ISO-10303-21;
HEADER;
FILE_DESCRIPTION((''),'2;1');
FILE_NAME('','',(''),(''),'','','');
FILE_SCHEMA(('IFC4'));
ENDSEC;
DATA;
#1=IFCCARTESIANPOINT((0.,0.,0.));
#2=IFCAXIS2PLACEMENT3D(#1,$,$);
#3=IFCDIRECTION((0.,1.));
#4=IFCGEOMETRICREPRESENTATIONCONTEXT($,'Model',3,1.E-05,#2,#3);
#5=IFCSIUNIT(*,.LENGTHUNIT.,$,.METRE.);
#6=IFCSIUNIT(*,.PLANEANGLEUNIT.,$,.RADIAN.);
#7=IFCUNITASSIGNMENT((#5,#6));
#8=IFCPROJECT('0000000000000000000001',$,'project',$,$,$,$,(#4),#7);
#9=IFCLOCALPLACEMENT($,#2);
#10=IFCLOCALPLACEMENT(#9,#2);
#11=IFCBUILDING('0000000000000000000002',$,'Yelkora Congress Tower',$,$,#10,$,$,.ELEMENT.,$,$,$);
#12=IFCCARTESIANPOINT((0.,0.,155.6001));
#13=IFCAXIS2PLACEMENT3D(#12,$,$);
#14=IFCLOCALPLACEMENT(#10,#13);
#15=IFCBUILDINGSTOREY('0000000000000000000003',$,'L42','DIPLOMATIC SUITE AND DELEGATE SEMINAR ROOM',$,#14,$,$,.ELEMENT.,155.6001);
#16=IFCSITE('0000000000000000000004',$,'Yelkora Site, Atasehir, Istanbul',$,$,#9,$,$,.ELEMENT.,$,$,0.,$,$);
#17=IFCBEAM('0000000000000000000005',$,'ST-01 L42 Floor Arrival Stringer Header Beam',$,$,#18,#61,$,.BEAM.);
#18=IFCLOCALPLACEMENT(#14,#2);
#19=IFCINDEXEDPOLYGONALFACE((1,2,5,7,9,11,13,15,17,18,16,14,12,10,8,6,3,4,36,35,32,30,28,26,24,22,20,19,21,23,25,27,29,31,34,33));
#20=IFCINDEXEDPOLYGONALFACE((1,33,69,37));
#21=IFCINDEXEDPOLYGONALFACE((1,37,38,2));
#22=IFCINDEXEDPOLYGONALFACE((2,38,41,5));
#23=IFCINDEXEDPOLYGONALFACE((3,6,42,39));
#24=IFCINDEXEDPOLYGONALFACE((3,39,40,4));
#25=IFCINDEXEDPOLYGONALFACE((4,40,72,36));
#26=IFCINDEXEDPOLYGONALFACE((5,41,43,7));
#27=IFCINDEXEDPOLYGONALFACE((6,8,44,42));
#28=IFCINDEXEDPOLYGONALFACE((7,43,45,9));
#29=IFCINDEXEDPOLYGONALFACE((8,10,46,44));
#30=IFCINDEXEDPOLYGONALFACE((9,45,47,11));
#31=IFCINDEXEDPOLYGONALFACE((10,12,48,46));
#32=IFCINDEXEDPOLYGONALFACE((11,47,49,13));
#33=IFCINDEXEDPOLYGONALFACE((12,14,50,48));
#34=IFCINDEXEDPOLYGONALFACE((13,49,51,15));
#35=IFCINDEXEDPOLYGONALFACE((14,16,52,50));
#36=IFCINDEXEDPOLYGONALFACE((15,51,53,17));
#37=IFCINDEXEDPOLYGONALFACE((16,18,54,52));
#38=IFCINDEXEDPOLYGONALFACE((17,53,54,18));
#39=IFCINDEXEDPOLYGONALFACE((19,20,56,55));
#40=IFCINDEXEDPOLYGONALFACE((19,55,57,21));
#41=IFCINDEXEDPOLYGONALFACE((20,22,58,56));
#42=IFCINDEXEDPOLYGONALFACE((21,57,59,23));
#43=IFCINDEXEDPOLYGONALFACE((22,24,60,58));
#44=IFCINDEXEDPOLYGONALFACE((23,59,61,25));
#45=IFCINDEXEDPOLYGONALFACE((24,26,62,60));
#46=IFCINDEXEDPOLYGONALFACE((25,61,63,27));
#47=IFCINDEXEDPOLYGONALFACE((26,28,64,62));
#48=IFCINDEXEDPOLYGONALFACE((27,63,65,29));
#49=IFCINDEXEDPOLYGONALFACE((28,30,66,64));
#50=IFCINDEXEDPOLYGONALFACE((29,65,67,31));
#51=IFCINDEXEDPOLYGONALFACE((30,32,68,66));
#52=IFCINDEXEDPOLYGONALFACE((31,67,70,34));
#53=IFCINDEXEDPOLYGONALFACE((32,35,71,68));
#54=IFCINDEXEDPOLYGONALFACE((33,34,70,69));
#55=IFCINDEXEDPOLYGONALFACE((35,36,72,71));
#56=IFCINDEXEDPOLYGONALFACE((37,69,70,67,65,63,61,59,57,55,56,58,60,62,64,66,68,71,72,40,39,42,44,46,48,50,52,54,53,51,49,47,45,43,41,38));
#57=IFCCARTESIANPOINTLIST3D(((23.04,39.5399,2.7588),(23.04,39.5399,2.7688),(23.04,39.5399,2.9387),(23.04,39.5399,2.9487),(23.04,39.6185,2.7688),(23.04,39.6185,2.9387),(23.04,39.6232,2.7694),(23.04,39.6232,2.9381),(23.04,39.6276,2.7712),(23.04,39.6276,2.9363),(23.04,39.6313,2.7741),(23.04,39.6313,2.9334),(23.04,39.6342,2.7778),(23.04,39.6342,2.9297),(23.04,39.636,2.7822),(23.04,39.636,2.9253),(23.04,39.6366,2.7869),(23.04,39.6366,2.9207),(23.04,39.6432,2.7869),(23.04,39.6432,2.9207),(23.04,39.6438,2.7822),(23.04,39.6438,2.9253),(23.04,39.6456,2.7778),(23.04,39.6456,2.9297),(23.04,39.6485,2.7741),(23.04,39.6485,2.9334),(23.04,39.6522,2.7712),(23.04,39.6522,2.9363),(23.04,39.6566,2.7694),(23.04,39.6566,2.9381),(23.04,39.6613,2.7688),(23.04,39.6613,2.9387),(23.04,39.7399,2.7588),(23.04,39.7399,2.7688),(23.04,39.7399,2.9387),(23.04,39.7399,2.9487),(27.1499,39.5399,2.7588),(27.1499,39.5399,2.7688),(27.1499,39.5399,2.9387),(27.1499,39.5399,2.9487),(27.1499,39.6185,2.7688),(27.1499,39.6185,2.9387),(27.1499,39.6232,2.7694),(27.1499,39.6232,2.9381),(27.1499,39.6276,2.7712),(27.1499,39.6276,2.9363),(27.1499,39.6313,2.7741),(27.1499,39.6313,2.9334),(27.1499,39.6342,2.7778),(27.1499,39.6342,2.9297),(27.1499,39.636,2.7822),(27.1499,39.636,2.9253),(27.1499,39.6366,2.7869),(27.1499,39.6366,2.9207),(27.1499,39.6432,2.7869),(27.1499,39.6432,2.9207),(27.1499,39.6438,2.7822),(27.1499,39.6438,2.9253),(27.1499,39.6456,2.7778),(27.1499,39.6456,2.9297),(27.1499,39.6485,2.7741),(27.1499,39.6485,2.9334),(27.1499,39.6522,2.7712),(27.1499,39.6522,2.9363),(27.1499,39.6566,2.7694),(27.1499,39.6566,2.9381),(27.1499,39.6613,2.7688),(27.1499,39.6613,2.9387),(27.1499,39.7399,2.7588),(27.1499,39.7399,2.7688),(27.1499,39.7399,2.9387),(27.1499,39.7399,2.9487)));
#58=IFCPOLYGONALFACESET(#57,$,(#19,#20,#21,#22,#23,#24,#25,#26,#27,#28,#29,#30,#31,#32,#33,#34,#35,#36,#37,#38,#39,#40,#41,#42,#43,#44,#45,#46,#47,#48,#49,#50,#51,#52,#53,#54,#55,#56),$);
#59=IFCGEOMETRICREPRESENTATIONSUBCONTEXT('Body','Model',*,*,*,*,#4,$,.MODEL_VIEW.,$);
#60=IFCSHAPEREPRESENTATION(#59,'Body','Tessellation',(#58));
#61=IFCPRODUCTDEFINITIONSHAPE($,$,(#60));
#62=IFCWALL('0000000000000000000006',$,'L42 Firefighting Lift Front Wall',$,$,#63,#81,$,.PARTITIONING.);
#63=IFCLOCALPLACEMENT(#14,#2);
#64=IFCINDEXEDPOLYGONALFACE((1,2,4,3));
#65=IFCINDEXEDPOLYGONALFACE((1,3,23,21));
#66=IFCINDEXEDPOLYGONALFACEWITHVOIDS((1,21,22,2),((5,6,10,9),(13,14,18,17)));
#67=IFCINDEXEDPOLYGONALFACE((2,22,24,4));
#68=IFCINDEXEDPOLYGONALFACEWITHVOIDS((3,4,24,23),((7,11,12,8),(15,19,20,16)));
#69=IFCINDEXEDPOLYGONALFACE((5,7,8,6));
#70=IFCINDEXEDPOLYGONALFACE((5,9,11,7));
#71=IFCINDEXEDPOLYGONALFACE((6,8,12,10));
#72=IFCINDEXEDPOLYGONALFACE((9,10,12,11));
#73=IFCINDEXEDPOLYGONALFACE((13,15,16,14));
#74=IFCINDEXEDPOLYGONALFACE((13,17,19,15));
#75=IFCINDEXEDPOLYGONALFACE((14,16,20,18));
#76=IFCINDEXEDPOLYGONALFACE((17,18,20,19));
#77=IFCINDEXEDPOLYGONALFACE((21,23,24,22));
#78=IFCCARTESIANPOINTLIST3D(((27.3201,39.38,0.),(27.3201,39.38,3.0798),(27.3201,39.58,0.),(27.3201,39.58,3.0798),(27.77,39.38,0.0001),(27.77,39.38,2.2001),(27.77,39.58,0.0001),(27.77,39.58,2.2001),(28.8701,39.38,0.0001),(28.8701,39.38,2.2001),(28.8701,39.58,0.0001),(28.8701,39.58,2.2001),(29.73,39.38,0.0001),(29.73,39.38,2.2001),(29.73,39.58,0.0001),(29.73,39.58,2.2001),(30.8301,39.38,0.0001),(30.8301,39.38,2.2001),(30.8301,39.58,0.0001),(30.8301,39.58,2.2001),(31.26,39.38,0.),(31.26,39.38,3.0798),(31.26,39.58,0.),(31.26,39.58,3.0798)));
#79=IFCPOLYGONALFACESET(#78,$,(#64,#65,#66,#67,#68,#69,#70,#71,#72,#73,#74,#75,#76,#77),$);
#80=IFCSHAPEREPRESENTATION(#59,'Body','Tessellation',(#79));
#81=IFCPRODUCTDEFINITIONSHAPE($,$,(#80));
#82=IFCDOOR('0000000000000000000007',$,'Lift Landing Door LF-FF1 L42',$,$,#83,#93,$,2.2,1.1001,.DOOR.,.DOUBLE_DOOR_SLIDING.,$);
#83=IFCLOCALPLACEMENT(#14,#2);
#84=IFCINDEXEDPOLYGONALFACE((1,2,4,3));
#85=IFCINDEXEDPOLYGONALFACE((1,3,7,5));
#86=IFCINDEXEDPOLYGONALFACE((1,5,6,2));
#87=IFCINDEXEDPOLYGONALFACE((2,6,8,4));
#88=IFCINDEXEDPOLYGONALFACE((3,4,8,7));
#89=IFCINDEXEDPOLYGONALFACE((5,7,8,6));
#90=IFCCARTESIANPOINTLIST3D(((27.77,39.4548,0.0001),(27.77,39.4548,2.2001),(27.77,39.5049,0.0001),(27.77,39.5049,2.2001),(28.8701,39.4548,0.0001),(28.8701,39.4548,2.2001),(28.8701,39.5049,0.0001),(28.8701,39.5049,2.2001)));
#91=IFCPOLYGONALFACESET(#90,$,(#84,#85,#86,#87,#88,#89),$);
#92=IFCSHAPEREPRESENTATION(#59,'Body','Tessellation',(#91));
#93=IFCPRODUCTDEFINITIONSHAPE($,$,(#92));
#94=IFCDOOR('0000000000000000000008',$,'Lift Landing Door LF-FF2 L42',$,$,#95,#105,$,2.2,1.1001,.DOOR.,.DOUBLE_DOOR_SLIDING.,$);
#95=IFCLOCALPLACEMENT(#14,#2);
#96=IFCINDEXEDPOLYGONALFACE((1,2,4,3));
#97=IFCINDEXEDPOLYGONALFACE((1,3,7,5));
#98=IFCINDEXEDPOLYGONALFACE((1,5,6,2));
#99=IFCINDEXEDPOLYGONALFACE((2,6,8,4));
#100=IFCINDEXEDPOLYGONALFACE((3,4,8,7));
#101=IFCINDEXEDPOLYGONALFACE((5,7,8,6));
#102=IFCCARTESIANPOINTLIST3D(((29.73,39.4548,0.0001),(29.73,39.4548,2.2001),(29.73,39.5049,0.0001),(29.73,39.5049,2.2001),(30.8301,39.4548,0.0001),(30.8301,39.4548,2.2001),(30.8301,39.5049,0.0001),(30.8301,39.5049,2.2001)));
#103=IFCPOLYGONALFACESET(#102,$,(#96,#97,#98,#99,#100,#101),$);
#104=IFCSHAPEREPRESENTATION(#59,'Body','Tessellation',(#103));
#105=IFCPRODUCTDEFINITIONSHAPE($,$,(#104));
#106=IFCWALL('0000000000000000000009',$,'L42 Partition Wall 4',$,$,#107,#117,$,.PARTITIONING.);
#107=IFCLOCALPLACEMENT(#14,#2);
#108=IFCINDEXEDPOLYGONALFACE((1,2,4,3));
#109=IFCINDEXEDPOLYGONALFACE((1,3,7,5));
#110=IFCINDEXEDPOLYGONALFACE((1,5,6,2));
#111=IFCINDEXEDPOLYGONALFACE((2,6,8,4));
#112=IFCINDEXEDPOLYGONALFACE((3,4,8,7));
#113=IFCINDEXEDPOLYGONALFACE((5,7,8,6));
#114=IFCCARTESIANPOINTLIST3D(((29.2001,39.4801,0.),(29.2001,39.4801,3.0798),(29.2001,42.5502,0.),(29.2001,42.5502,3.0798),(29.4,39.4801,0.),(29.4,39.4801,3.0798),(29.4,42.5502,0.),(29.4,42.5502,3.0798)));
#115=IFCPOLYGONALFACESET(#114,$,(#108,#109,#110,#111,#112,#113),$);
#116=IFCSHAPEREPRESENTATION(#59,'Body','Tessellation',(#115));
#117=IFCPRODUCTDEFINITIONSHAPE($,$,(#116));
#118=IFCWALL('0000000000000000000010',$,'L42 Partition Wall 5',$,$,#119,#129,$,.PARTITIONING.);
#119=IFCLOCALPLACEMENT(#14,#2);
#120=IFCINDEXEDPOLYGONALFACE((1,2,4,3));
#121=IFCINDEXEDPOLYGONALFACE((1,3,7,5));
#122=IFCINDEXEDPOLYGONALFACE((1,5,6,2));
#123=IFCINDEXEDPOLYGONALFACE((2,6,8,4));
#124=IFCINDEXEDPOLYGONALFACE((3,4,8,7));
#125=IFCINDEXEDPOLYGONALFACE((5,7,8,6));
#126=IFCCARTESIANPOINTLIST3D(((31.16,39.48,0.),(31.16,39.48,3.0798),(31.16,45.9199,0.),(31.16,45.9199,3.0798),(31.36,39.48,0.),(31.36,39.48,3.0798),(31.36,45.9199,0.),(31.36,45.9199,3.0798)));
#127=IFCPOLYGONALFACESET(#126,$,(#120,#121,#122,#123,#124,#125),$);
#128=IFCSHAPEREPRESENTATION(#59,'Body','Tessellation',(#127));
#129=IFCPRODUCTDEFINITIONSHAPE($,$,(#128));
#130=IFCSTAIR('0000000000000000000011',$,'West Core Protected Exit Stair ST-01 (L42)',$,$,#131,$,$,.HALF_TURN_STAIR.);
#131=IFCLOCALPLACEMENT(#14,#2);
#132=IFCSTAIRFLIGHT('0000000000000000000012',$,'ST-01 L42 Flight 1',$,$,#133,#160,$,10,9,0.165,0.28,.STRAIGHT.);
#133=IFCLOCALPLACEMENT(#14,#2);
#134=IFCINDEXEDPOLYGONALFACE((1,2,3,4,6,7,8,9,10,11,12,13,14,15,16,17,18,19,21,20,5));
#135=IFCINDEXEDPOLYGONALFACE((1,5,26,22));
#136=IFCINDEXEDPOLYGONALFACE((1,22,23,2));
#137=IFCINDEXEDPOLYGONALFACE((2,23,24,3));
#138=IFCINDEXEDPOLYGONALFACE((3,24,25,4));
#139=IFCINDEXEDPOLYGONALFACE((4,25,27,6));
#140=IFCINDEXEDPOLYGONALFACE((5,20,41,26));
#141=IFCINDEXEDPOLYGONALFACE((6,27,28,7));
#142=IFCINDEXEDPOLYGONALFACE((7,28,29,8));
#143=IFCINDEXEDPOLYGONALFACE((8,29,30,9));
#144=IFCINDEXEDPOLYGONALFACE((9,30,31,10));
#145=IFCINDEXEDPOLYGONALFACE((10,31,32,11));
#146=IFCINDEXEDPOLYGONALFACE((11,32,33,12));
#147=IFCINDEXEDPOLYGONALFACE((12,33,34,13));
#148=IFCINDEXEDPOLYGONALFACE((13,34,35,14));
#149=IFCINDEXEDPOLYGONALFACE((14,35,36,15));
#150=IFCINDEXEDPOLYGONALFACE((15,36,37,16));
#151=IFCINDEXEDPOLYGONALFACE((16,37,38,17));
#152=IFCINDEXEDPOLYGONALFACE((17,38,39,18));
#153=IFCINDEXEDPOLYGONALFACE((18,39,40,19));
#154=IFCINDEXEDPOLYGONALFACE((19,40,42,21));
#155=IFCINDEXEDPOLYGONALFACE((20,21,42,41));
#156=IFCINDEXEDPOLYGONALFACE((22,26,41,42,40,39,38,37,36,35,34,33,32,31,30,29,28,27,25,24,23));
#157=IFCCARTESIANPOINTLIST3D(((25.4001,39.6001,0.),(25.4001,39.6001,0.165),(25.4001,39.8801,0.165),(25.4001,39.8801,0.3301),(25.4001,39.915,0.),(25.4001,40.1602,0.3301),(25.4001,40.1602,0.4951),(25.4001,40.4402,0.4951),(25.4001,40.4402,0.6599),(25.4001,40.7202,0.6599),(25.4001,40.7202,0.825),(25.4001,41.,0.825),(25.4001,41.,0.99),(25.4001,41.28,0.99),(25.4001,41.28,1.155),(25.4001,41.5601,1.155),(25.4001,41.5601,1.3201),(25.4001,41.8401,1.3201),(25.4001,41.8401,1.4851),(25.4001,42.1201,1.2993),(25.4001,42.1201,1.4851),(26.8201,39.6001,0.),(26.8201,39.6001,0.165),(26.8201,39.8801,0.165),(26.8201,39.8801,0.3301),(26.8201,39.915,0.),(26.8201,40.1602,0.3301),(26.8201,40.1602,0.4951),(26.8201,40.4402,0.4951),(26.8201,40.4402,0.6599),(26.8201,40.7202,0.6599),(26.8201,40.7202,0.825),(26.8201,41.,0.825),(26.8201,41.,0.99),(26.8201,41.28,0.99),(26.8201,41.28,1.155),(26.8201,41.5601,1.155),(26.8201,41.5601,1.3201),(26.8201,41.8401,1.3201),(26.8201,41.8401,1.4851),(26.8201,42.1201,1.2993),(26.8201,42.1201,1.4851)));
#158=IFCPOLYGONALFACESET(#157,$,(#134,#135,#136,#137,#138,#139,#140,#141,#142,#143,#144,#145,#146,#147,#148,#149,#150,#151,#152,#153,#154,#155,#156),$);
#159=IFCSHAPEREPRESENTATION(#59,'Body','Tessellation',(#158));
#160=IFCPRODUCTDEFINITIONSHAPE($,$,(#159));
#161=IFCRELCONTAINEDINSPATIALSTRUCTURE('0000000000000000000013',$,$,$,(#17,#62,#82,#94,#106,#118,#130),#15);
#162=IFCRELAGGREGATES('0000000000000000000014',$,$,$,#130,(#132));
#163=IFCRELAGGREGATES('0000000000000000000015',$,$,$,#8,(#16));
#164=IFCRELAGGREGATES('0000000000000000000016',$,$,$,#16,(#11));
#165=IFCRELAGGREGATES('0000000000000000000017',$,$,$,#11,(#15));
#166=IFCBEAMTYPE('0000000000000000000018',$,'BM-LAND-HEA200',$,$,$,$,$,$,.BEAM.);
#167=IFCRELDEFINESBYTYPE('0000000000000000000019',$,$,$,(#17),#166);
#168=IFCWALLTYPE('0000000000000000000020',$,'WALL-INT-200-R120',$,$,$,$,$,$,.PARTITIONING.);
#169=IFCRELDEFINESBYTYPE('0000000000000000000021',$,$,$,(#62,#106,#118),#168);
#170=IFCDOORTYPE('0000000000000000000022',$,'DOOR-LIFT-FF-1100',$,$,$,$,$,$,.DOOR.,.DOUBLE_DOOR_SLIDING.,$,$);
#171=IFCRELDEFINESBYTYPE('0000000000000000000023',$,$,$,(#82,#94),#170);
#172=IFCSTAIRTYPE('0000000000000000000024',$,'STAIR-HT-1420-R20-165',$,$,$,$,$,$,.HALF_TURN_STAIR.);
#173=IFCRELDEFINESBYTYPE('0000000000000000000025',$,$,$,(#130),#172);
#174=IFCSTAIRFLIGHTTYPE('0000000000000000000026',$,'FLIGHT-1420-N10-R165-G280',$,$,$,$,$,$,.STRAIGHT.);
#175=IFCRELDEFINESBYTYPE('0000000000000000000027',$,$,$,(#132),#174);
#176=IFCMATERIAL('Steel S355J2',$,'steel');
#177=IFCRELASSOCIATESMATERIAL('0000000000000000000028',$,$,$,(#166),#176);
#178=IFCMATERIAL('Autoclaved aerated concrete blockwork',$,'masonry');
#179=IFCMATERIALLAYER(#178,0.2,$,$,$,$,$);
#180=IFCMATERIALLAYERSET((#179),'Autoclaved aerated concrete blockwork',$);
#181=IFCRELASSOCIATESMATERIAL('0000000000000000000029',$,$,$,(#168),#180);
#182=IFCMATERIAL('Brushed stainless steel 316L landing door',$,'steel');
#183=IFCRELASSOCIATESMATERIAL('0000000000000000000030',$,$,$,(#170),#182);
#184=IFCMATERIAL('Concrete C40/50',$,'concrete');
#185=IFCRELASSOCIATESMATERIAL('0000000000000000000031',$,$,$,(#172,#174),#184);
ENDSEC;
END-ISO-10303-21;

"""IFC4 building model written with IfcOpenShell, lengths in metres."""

from ifc_helpers import new_model, si_unit, direction, frame, frame_2d, origin, origin_2d, place, context, subcontext, project, spatial, polyline, rectangle, i_section, outline, extrude, material, layer, layer_set, material_profile, profile_set, type_object, element, fill, aggregate, save


model = new_model("IFC4")

# Units and contexts
model_context = context("Model", 3, precision=1e-05, world=origin(), true_north=direction((0.0, 1.0)))
body_context = subcontext(model_context, "Body", "Model", "MODEL_VIEW")
ifc_project = project(units=[si_unit("LENGTHUNIT", "METRE"), si_unit("PLANEANGLEUNIT", "RADIAN")], contexts=[model_context])

# Site, building, storey
site_placement = place(None, origin())
site = spatial("IfcSite", under=ifc_project, at=site_placement, Name="Yelkora Site, Atasehir, Istanbul", CompositionType="ELEMENT", RefElevation=0.0)
building_placement = place(site_placement, origin())
building = spatial("IfcBuilding", under=site, at=building_placement, Name="Yelkora Congress Tower", CompositionType="ELEMENT")
storey_placement = place(building_placement, frame((0.0, 0.0, 155.6001)))
storey = spatial("IfcBuildingStorey", under=building, at=storey_placement, Name="L42", Description="DIPLOMATIC SUITE AND DELEGATE SEMINAR ROOM", CompositionType="ELEMENT", Elevation=155.6001)

# Beam
ifc_material_1 = material(Name="Steel S355J2", Category="steel")
ifc_material_profile = material_profile(ifc_material_1, i_section(OverallWidth=0.2, OverallDepth=0.1899, WebThickness=0.0066, FlangeThickness=0.01, FilletRadius=0.0181, at=origin_2d()), Name="HEA 200")
ifc_profile_set = profile_set([ifc_material_profile], Name="Steel S355J2")
beam_type = type_object("IfcBeamType", Name="BM-LAND-HEA200", PredefinedType="BEAM", material=ifc_profile_set)
beam_placement = place(storey_placement, frame((23.04, 39.6399, 2.8538), z_axis=(1.0, 0.0, 0.0), x_axis=(0.0, 1.0, 0.0)))
element("IfcBeam", 1, at=beam_placement, inside=storey, type_object=beam_type, Name="ST-01 L42 Floor Arrival Stringer Header Beam", PredefinedType="BEAM", context=body_context, shape_type="SweptSolid", body=[
    extrude(i_section(OverallWidth=0.2, OverallDepth=0.1899, WebThickness=0.0066, FlangeThickness=0.01, FilletRadius=0.0181, at=origin_2d()), origin(), (0.0, 0.0, 1.0), 4.1099),
])

# Shared definitions
ifc_material_2 = material(Name="Autoclaved aerated concrete blockwork", Category="masonry")
ifc_layer_1 = layer(ifc_material_2, 0.2)
ifc_layer_set_1 = layer_set([ifc_layer_1], Name="Autoclaved aerated concrete blockwork")
wall_type = type_object("IfcWallType", Name="WALL-INT-200-R120", PredefinedType="PARTITIONING", material=ifc_layer_set_1)

# Wall, openings, doors
wall_1_placement = place(storey_placement, frame((27.3201, 39.48, 0.0), z_axis=(0.0, 0.0, 1.0), x_axis=(1.0, 0.0, 0.0)))
wall_1 = element("IfcWall", 2, at=wall_1_placement, inside=storey, type_object=wall_type, Name="L42 Firefighting Lift Front Wall", PredefinedType="PARTITIONING", context=body_context, shape_type="SweptSolid", body=[
    extrude(rectangle(XDim=3.9399, YDim=0.2, at=frame_2d((1.97, 0.0))), origin(), (0.0, 0.0, 1.0), 3.0798),
])
opening_1_placement = place(wall_1_placement, frame((0.45, 0.0, 0.0)))
opening_1 = element("IfcOpeningElement", 3, at=opening_1_placement, cuts=wall_1, PredefinedType="OPENING", context=body_context, shape_type="SweptSolid", body=[
    extrude(rectangle(XDim=1.1001, YDim=2.2, at=frame_2d((0.55, 1.1001))), frame((0.0, 0.1099, 0.0), z_axis=(0.0, -1.0, 0.0), x_axis=(1.0, 0.0, 0.0)), (0.0, 0.0, 1.0), 0.22),
])
opening_2_placement = place(wall_1_placement, frame((2.4099, 0.0, 0.0)))
opening_2 = element("IfcOpeningElement", 4, at=opening_2_placement, cuts=wall_1, PredefinedType="OPENING", context=body_context, shape_type="SweptSolid", body=[
    extrude(rectangle(XDim=1.1001, YDim=2.2, at=frame_2d((0.55, 1.1001))), frame((0.0, 0.1099, 0.0), z_axis=(0.0, -1.0, 0.0), x_axis=(1.0, 0.0, 0.0)), (0.0, 0.0, 1.0), 0.22),
])
ifc_material_3 = material(Name="Brushed stainless steel 316L landing door", Category="steel")
door_type_1 = type_object("IfcDoorType", Name="DOOR-LIFT-FF-1100", OperationType="DOUBLE_DOOR_SLIDING", PredefinedType="DOOR", material=ifc_material_3)
door_1_placement = place(opening_1_placement, origin())
door_1 = element("IfcDoor", 5, at=door_1_placement, inside=storey, type_object=door_type_1, Name="Lift Landing Door LF-FF1 L42", OperationType="DOUBLE_DOOR_SLIDING", OverallHeight=2.2, OverallWidth=1.1001, PredefinedType="DOOR", context=body_context, shape_type="SweptSolid", body=[
    extrude(rectangle(XDim=1.1001, YDim=2.2, at=frame_2d((0.55, 1.1001))), frame((0.0, 0.0249, 0.0), z_axis=(0.0, -1.0, 0.0), x_axis=(1.0, 0.0, 0.0)), (0.0, 0.0, 1.0), 0.05),
])
fill(opening_1, door_1)
door_2_placement = place(opening_2_placement, origin())
door_2 = element("IfcDoor", 6, at=door_2_placement, inside=storey, type_object=door_type_1, Name="Lift Landing Door LF-FF2 L42", OperationType="DOUBLE_DOOR_SLIDING", OverallHeight=2.2, OverallWidth=1.1001, PredefinedType="DOOR", context=body_context, shape_type="SweptSolid", body=[
    extrude(rectangle(XDim=1.1001, YDim=2.2, at=frame_2d((0.55, 1.1001))), frame((0.0, 0.0249, 0.0), z_axis=(0.0, -1.0, 0.0), x_axis=(1.0, 0.0, 0.0)), (0.0, 0.0, 1.0), 0.05),
])
fill(opening_2, door_2)

# Walls
wall_2_placement = place(storey_placement, frame((29.3, 39.48, 0.0), z_axis=(0.0, 0.0, 1.0), x_axis=(0.0, 1.0, 0.0)))
element("IfcWall", 7, at=wall_2_placement, inside=storey, type_object=wall_type, Name="L42 Partition Wall 4", PredefinedType="PARTITIONING", context=body_context, shape_type="SweptSolid", body=[
    extrude(rectangle(XDim=3.0701, YDim=0.2, at=frame_2d((1.5352, 0.0))), origin(), (0.0, 0.0, 1.0), 3.0798),
])
wall_3_placement = place(storey_placement, frame((31.26, 39.48, 0.0), z_axis=(0.0, 0.0, 1.0), x_axis=(0.0, 1.0, 0.0)))
element("IfcWall", 8, at=wall_3_placement, inside=storey, type_object=wall_type, Name="L42 Partition Wall 5", PredefinedType="PARTITIONING", context=body_context, shape_type="SweptSolid", body=[
    extrude(rectangle(XDim=6.4399, YDim=0.2, at=frame_2d((3.22, 0.0))), origin(), (0.0, 0.0, 1.0), 3.0798),
])

# Stair, stair flight
ifc_material_4 = material(Name="Concrete C40/50", Category="concrete")
stair_type = type_object("IfcStairType", Name="STAIR-HT-1420-R20-165", PredefinedType="HALF_TURN_STAIR", material=ifc_material_4)
stair_placement = place(storey_placement, origin())
stair = element("IfcStair", 9, at=stair_placement, inside=storey, type_object=stair_type, Name="West Core Protected Exit Stair ST-01 (L42)", PredefinedType="HALF_TURN_STAIR")
stair_flight_type = type_object("IfcStairFlightType", Name="FLIGHT-1420-N10-R165-G280", PredefinedType="STRAIGHT", material=ifc_material_4)
stair_flight_placement = place(storey_placement, frame((26.1101, 39.6001, 0.0), z_axis=(0.0, 0.0, 1.0), x_axis=(0.0, 1.0, 0.0)))
stair_flight = element("IfcStairFlight", 10, at=stair_flight_placement, type_object=stair_flight_type, Name="ST-01 L42 Flight 1", NumberOfRisers=10, NumberOfTreads=9, PredefinedType="STRAIGHT", RiserHeight=0.165, TreadLength=0.28, context=body_context, shape_type="SweptSolid", body=[
    extrude(outline(polyline([(0.0, 0.0), (0.0, 0.165), (0.28, 0.165), (0.28, 0.3301), (0.5601, 0.3301), (0.5601, 0.4951), (0.8401, 0.4951), (0.8401, 0.6599), (1.1201, 0.6599), (1.1201, 0.825), (1.3999, 0.825), (1.3999, 0.99), (1.6799, 0.99), (1.6799, 1.155), (1.96, 1.155), (1.96, 1.3201), (2.24, 1.3201), (2.24, 1.4851), (2.52, 1.4851), (2.52, 1.6499), (2.52, 1.2993), (0.3149, 0.0), (0.0, 0.0)])), frame((0.0, 0.71, 0.0), z_axis=(0.0, -1.0, 0.0), x_axis=(1.0, 0.0, 0.0)), (0.0, 0.0, 1.0), 1.4199),
])
aggregate(stair, [stair_flight])

save(model, "model.ifc")
